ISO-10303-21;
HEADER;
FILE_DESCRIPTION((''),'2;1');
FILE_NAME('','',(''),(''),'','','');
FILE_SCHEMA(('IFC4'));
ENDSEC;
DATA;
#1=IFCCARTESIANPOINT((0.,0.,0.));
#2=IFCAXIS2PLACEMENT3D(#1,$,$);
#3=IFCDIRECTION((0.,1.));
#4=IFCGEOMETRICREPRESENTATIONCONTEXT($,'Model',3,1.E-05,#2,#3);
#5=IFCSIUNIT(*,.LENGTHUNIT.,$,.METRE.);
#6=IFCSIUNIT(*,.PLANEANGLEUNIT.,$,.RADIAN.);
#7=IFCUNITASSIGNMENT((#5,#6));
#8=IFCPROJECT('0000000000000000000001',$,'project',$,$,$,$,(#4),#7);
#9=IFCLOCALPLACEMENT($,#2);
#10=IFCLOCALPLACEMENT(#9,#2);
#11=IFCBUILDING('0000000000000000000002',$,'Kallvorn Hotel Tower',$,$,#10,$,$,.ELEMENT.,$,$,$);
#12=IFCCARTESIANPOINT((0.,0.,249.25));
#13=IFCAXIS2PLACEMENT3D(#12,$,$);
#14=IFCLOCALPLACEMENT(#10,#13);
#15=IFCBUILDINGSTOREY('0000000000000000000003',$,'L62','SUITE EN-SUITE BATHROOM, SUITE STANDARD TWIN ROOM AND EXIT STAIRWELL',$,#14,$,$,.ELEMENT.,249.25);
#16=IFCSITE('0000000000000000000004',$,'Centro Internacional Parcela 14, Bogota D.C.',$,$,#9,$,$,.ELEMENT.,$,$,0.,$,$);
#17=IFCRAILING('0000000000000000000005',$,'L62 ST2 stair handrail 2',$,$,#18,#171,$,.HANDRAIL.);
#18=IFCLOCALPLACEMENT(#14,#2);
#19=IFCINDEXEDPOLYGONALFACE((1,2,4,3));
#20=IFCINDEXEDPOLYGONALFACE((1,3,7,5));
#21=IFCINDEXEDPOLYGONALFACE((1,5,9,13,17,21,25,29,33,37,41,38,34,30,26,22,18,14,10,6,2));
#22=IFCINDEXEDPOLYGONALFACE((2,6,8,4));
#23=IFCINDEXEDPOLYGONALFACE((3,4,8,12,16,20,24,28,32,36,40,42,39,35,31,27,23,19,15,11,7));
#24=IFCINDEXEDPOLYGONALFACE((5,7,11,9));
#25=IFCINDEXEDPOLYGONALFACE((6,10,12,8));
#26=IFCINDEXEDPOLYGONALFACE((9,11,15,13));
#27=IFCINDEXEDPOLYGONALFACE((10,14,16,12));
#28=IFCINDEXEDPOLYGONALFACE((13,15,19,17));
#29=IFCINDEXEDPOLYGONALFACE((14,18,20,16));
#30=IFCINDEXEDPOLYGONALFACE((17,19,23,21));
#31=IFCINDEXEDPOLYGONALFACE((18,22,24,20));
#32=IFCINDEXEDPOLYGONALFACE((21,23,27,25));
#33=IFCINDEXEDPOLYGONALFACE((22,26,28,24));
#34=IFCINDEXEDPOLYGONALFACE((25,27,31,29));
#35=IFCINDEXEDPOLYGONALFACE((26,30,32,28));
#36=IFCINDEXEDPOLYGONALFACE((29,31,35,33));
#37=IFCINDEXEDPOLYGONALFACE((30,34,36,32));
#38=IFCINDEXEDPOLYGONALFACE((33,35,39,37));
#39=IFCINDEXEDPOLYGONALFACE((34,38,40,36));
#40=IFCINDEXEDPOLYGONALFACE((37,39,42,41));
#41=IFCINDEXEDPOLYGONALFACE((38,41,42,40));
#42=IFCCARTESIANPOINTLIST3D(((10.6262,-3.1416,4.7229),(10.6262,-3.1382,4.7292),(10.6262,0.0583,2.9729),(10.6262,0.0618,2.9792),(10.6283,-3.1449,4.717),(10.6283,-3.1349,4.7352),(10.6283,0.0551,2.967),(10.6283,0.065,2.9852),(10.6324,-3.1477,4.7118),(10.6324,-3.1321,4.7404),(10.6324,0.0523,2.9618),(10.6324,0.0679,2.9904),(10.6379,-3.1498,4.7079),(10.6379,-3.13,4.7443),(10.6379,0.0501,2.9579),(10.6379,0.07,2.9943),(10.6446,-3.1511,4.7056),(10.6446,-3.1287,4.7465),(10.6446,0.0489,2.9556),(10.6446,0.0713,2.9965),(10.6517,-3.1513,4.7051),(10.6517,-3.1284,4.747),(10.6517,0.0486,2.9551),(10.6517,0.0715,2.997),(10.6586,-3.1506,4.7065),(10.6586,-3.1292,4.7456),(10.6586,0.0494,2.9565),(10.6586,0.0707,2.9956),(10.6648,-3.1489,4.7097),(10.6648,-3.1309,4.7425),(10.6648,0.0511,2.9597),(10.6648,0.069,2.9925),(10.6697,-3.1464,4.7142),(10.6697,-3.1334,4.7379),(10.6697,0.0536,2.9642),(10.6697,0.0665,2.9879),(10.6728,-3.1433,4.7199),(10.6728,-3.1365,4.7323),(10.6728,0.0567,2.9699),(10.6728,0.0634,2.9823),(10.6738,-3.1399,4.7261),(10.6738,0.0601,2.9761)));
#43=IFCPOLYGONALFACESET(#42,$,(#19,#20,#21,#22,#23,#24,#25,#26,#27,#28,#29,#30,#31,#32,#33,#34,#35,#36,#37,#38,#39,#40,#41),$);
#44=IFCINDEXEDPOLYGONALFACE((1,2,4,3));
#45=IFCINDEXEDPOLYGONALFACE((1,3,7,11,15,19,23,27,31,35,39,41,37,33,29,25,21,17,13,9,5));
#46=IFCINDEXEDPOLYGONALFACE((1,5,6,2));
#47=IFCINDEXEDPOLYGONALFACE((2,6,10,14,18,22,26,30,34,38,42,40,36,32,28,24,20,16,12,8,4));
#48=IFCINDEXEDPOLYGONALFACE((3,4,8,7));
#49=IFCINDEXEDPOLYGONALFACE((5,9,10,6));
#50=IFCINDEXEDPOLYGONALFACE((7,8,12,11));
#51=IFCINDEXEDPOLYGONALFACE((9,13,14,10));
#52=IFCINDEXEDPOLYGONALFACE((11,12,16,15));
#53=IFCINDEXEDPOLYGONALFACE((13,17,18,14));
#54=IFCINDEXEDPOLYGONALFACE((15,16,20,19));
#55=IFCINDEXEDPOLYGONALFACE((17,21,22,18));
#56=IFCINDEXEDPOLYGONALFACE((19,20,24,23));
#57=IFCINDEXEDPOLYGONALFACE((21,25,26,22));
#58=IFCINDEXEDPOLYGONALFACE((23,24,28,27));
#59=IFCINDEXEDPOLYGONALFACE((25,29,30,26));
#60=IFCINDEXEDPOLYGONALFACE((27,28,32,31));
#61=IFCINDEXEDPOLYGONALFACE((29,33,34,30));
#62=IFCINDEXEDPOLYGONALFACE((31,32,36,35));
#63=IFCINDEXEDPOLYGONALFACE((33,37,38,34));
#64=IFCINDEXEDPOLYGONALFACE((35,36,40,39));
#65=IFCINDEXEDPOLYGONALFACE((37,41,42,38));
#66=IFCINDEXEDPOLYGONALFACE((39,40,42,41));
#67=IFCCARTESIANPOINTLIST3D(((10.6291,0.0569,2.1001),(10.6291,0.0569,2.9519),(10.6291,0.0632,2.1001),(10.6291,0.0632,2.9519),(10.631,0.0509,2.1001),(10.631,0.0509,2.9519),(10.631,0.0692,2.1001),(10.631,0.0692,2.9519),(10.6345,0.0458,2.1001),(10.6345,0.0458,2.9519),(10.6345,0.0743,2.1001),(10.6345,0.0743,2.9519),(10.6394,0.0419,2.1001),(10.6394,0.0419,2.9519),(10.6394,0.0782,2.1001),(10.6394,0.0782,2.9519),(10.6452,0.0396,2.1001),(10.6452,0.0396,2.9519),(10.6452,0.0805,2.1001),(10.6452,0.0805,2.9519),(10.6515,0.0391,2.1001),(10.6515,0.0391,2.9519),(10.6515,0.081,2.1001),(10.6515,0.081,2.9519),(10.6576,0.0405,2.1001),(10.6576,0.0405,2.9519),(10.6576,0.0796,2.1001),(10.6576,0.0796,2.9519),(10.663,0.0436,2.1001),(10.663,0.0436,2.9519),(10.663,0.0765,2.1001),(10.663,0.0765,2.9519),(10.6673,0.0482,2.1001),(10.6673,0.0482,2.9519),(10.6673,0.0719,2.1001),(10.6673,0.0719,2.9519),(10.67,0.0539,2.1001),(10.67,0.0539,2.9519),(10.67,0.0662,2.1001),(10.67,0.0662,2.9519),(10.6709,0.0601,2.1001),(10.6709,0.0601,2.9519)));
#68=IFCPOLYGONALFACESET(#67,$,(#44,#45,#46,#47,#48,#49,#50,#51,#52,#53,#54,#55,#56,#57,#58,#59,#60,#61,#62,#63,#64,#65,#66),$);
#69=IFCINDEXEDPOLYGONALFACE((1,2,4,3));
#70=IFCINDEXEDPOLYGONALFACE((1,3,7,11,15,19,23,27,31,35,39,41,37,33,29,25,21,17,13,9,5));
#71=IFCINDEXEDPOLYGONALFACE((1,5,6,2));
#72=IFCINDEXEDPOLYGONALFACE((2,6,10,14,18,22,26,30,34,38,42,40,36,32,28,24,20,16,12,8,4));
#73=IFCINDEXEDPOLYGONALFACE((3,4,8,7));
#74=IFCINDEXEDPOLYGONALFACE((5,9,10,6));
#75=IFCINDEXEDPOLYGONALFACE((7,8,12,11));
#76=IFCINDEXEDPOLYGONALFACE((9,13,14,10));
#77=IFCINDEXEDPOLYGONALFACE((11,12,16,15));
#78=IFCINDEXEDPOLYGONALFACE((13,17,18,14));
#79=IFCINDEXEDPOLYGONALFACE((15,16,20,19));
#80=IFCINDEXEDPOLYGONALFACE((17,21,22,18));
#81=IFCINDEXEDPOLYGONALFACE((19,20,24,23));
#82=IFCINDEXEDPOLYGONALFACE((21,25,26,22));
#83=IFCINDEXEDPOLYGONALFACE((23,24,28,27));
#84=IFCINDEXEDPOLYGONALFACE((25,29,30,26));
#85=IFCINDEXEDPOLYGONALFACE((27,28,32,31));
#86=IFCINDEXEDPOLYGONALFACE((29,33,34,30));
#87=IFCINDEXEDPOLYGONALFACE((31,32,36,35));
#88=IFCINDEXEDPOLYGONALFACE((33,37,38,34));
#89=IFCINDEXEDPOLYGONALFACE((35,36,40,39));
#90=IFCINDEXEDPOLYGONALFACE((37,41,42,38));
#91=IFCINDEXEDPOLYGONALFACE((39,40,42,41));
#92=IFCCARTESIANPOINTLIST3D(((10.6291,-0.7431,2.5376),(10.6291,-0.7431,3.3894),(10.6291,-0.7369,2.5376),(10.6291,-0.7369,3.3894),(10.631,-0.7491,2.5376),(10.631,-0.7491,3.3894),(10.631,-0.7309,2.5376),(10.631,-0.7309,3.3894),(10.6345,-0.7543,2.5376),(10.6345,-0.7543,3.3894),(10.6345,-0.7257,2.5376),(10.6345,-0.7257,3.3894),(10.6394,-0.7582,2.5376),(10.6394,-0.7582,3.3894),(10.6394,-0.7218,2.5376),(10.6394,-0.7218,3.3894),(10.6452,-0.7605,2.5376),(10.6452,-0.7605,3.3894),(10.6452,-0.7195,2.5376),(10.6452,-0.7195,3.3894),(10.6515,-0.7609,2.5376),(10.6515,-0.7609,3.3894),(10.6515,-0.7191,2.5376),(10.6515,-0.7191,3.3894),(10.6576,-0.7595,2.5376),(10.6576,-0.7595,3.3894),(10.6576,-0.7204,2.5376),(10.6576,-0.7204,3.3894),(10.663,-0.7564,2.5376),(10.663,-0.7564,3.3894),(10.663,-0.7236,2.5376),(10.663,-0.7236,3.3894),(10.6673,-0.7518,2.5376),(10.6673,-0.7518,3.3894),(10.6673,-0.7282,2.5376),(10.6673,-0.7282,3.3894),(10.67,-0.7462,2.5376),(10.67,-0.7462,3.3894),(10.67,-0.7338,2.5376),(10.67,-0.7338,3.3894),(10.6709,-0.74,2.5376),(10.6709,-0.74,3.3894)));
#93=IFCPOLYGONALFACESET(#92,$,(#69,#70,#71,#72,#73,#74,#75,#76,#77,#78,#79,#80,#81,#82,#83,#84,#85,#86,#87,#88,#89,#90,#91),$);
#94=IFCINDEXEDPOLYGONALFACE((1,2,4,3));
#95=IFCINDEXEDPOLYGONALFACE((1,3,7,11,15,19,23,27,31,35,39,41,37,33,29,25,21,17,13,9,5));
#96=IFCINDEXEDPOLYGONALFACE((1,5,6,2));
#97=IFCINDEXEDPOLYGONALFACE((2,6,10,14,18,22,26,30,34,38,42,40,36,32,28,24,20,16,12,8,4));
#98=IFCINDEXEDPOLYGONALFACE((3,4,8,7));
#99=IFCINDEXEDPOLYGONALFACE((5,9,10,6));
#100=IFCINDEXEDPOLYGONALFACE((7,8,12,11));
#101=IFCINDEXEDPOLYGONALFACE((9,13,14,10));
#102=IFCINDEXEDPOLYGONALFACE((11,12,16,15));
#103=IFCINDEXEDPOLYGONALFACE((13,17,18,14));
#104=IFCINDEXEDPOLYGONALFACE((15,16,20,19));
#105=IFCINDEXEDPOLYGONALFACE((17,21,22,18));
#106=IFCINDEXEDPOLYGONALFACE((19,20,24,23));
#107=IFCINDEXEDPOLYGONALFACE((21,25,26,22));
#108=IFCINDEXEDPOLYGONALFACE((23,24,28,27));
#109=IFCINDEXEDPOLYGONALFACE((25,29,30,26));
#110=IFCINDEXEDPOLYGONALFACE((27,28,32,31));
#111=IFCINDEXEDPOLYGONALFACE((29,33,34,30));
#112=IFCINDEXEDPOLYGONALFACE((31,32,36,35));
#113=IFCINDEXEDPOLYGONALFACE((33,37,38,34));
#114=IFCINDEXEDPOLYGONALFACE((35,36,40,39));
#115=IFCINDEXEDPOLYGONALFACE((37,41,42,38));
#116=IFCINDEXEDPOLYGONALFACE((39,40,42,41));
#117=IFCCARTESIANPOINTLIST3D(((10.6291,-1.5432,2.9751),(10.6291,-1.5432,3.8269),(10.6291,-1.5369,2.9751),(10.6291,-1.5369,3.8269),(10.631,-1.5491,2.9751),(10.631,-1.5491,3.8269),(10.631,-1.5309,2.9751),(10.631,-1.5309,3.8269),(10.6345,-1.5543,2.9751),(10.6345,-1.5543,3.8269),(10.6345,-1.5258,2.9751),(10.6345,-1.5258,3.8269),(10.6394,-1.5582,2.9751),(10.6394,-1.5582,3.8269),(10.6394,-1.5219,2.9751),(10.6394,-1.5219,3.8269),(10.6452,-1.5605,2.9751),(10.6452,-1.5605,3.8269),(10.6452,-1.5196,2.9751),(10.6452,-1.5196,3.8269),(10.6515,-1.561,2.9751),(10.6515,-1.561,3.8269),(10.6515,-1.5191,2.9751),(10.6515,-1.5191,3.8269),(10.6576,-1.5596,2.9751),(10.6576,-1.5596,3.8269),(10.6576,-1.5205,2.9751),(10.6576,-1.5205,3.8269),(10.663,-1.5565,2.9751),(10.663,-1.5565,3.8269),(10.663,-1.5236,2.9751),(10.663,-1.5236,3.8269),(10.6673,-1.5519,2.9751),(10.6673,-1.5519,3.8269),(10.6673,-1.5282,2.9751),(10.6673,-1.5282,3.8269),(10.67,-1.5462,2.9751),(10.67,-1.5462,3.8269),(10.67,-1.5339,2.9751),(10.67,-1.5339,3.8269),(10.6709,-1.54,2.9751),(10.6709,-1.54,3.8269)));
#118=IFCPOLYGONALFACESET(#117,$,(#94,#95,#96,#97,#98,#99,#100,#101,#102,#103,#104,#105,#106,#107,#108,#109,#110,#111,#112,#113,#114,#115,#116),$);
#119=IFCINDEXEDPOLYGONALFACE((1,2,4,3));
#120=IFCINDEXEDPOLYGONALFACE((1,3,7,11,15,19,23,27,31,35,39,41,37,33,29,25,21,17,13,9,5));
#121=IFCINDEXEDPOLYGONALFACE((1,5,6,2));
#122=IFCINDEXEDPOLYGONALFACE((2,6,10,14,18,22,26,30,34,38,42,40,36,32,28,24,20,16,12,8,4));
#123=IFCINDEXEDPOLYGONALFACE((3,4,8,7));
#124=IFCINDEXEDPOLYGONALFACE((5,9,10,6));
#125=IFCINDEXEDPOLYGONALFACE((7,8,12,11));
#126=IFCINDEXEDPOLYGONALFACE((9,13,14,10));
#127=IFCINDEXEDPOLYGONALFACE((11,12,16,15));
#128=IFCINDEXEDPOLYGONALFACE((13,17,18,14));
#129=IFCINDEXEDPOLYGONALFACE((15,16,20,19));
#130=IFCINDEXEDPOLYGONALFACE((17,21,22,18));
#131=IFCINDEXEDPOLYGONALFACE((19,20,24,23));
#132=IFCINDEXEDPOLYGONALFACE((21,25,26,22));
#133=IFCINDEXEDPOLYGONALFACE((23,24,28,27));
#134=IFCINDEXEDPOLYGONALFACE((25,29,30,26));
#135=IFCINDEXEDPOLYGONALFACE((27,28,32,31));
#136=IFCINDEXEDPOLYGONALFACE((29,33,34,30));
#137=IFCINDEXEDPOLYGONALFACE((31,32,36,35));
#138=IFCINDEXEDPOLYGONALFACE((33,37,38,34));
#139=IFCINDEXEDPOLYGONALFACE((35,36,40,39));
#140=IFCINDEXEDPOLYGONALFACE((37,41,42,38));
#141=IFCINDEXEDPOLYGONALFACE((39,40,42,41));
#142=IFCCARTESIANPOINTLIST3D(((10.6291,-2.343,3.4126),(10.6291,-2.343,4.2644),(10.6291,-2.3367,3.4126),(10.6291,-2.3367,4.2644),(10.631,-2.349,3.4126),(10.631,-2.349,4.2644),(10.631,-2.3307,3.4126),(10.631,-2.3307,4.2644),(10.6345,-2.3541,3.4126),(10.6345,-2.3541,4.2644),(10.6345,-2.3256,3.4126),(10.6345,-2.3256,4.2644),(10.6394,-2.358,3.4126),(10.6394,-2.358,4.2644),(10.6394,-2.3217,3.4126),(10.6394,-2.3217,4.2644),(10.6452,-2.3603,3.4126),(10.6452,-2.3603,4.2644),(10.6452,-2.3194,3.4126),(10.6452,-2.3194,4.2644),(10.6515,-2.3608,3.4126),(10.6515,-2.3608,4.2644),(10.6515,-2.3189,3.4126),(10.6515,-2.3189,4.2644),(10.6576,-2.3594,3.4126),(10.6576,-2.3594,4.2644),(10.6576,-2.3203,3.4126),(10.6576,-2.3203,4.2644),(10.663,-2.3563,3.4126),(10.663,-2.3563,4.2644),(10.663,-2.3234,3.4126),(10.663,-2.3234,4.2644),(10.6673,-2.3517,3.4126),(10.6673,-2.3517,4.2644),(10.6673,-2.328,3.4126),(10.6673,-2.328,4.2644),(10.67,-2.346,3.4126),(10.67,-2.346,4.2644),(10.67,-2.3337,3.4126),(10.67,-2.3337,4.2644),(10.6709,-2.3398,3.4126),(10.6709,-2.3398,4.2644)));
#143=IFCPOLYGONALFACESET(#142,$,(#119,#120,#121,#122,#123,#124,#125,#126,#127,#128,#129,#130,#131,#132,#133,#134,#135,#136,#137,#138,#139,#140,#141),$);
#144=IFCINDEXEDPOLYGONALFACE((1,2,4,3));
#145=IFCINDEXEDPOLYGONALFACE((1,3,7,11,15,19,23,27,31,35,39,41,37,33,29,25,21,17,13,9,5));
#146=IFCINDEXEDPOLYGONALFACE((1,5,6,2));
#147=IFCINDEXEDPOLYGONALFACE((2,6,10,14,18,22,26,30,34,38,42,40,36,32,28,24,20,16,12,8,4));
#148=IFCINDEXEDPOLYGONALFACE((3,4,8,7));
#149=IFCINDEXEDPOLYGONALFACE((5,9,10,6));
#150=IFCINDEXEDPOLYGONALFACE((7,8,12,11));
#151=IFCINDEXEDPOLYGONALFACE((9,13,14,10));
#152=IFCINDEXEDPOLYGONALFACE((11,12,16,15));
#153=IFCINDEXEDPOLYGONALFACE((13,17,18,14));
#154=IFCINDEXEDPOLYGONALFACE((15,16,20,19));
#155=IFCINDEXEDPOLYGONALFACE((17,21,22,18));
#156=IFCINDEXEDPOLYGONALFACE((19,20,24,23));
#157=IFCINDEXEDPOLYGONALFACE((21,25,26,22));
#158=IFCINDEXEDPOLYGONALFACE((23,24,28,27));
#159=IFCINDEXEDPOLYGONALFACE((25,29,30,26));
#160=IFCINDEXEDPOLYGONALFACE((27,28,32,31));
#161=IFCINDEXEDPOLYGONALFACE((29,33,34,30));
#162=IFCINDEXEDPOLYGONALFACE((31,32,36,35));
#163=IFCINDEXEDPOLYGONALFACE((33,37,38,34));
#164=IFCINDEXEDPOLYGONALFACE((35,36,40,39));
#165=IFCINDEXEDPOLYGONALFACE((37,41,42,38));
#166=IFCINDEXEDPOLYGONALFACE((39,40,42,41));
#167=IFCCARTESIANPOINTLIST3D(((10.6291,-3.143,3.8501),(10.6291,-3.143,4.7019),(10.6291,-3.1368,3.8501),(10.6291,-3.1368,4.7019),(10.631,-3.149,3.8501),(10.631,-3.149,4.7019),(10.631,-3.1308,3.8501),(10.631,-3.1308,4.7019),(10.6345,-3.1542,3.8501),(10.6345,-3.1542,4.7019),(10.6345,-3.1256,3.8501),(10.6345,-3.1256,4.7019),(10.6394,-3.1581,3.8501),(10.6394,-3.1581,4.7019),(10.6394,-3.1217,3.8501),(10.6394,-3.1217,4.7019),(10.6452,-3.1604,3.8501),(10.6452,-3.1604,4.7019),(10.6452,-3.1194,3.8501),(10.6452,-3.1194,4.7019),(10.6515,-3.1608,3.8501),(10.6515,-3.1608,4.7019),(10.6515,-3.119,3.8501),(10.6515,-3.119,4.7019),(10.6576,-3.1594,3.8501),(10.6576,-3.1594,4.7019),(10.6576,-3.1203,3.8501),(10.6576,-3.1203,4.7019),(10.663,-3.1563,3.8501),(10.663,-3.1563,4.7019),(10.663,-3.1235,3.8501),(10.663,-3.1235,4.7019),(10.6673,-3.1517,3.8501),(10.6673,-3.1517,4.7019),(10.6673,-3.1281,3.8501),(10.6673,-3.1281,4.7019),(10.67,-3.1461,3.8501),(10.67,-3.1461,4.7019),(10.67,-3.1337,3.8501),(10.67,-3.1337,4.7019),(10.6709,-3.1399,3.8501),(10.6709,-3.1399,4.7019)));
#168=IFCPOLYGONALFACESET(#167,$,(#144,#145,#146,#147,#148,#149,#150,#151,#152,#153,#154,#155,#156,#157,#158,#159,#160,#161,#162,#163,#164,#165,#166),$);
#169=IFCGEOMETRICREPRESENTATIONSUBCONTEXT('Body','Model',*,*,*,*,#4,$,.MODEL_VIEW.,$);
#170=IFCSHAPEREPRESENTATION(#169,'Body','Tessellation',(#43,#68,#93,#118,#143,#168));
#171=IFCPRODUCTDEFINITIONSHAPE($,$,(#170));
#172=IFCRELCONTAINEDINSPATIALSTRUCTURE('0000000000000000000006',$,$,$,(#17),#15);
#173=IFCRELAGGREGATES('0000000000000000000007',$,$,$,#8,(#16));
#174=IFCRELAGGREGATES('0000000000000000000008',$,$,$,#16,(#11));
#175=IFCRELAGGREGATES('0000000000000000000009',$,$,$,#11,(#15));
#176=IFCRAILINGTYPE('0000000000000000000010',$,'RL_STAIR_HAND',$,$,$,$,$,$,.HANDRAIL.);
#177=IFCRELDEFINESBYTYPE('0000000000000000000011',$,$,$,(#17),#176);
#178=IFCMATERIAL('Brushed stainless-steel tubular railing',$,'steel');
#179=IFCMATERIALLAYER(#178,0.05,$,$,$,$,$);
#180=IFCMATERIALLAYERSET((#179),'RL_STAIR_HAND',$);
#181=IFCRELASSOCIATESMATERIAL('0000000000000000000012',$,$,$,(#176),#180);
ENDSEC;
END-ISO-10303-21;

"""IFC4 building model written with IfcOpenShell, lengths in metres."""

from ifc_helpers import new_model, si_unit, direction, frame, origin, origin_2d, place, context, subcontext, project, spatial, circle, extrude, material, layer, layer_set, type_object, element, save


model = new_model("IFC4")

# Units and contexts
model_context = context("Model", 3, precision=1e-05, world=origin(), true_north=direction((0.0, 1.0)))
body_context = subcontext(model_context, "Body", "Model", "MODEL_VIEW")
ifc_project = project(units=[si_unit("LENGTHUNIT", "METRE"), si_unit("PLANEANGLEUNIT", "RADIAN")], contexts=[model_context])

# Site, building, storey
site_placement = place(None, origin())
site = spatial("IfcSite", under=ifc_project, at=site_placement, Name="Centro Internacional Parcela 14, Bogota D.C.", CompositionType="ELEMENT", RefElevation=0.0)
building_placement = place(site_placement, origin())
building = spatial("IfcBuilding", under=site, at=building_placement, Name="Kallvorn Hotel Tower", CompositionType="ELEMENT")
storey_placement = place(building_placement, frame((0.0, 0.0, 249.25)))
storey = spatial("IfcBuildingStorey", under=building, at=storey_placement, Name="L62", Description="SUITE EN-SUITE BATHROOM, SUITE STANDARD TWIN ROOM AND EXIT STAIRWELL", CompositionType="ELEMENT", Elevation=249.25)

# Railing
ifc_material_1 = material(Name="Brushed stainless-steel tubular railing", Category="steel")
ifc_layer_1 = layer(ifc_material_1, 0.05)
ifc_layer_set_1 = layer_set([ifc_layer_1], Name="RL_STAIR_HAND")
railing_type_1 = type_object("IfcRailingType", Name="RL_STAIR_HAND", PredefinedType="HANDRAIL", material=ifc_layer_set_1)
railing_1_placement = place(storey_placement, frame((10.6499, 0.0601, 2.1001)))
element("IfcRailing", 1, at=railing_1_placement, inside=storey, type_object=railing_type_1, Name="L62 ST2 stair handrail 2", PredefinedType="HANDRAIL", context=body_context, shape_type="SweptSolid", body=[
    extrude(circle(Radius=0.0239, at=origin_2d()), frame((0.0, 0.0, 0.876), z_axis=(0.0, -0.877368, 0.479818), x_axis=(1.0, 0.0, 0.0)), (0.0, 0.0, 1.0), 3.6472),
    extrude(circle(Radius=0.021, at=origin_2d()), origin(), (0.0, 0.0, 1.0), 0.8518),
    extrude(circle(Radius=0.021, at=origin_2d()), frame((0.0, -0.8, 0.4375)), (0.0, 0.0, 1.0), 0.8518),
    extrude(circle(Radius=0.021, at=origin_2d()), frame((0.0, -1.6001, 0.875)), (0.0, 0.0, 1.0), 0.8518),
    extrude(circle(Radius=0.021, at=origin_2d()), frame((0.0, -2.3999, 1.3125)), (0.0, 0.0, 1.0), 0.8518),
    extrude(circle(Radius=0.021, at=origin_2d()), frame((0.0, -3.2, 1.75)), (0.0, 0.0, 1.0), 0.8518),
])

save(model, "model.ifc")
